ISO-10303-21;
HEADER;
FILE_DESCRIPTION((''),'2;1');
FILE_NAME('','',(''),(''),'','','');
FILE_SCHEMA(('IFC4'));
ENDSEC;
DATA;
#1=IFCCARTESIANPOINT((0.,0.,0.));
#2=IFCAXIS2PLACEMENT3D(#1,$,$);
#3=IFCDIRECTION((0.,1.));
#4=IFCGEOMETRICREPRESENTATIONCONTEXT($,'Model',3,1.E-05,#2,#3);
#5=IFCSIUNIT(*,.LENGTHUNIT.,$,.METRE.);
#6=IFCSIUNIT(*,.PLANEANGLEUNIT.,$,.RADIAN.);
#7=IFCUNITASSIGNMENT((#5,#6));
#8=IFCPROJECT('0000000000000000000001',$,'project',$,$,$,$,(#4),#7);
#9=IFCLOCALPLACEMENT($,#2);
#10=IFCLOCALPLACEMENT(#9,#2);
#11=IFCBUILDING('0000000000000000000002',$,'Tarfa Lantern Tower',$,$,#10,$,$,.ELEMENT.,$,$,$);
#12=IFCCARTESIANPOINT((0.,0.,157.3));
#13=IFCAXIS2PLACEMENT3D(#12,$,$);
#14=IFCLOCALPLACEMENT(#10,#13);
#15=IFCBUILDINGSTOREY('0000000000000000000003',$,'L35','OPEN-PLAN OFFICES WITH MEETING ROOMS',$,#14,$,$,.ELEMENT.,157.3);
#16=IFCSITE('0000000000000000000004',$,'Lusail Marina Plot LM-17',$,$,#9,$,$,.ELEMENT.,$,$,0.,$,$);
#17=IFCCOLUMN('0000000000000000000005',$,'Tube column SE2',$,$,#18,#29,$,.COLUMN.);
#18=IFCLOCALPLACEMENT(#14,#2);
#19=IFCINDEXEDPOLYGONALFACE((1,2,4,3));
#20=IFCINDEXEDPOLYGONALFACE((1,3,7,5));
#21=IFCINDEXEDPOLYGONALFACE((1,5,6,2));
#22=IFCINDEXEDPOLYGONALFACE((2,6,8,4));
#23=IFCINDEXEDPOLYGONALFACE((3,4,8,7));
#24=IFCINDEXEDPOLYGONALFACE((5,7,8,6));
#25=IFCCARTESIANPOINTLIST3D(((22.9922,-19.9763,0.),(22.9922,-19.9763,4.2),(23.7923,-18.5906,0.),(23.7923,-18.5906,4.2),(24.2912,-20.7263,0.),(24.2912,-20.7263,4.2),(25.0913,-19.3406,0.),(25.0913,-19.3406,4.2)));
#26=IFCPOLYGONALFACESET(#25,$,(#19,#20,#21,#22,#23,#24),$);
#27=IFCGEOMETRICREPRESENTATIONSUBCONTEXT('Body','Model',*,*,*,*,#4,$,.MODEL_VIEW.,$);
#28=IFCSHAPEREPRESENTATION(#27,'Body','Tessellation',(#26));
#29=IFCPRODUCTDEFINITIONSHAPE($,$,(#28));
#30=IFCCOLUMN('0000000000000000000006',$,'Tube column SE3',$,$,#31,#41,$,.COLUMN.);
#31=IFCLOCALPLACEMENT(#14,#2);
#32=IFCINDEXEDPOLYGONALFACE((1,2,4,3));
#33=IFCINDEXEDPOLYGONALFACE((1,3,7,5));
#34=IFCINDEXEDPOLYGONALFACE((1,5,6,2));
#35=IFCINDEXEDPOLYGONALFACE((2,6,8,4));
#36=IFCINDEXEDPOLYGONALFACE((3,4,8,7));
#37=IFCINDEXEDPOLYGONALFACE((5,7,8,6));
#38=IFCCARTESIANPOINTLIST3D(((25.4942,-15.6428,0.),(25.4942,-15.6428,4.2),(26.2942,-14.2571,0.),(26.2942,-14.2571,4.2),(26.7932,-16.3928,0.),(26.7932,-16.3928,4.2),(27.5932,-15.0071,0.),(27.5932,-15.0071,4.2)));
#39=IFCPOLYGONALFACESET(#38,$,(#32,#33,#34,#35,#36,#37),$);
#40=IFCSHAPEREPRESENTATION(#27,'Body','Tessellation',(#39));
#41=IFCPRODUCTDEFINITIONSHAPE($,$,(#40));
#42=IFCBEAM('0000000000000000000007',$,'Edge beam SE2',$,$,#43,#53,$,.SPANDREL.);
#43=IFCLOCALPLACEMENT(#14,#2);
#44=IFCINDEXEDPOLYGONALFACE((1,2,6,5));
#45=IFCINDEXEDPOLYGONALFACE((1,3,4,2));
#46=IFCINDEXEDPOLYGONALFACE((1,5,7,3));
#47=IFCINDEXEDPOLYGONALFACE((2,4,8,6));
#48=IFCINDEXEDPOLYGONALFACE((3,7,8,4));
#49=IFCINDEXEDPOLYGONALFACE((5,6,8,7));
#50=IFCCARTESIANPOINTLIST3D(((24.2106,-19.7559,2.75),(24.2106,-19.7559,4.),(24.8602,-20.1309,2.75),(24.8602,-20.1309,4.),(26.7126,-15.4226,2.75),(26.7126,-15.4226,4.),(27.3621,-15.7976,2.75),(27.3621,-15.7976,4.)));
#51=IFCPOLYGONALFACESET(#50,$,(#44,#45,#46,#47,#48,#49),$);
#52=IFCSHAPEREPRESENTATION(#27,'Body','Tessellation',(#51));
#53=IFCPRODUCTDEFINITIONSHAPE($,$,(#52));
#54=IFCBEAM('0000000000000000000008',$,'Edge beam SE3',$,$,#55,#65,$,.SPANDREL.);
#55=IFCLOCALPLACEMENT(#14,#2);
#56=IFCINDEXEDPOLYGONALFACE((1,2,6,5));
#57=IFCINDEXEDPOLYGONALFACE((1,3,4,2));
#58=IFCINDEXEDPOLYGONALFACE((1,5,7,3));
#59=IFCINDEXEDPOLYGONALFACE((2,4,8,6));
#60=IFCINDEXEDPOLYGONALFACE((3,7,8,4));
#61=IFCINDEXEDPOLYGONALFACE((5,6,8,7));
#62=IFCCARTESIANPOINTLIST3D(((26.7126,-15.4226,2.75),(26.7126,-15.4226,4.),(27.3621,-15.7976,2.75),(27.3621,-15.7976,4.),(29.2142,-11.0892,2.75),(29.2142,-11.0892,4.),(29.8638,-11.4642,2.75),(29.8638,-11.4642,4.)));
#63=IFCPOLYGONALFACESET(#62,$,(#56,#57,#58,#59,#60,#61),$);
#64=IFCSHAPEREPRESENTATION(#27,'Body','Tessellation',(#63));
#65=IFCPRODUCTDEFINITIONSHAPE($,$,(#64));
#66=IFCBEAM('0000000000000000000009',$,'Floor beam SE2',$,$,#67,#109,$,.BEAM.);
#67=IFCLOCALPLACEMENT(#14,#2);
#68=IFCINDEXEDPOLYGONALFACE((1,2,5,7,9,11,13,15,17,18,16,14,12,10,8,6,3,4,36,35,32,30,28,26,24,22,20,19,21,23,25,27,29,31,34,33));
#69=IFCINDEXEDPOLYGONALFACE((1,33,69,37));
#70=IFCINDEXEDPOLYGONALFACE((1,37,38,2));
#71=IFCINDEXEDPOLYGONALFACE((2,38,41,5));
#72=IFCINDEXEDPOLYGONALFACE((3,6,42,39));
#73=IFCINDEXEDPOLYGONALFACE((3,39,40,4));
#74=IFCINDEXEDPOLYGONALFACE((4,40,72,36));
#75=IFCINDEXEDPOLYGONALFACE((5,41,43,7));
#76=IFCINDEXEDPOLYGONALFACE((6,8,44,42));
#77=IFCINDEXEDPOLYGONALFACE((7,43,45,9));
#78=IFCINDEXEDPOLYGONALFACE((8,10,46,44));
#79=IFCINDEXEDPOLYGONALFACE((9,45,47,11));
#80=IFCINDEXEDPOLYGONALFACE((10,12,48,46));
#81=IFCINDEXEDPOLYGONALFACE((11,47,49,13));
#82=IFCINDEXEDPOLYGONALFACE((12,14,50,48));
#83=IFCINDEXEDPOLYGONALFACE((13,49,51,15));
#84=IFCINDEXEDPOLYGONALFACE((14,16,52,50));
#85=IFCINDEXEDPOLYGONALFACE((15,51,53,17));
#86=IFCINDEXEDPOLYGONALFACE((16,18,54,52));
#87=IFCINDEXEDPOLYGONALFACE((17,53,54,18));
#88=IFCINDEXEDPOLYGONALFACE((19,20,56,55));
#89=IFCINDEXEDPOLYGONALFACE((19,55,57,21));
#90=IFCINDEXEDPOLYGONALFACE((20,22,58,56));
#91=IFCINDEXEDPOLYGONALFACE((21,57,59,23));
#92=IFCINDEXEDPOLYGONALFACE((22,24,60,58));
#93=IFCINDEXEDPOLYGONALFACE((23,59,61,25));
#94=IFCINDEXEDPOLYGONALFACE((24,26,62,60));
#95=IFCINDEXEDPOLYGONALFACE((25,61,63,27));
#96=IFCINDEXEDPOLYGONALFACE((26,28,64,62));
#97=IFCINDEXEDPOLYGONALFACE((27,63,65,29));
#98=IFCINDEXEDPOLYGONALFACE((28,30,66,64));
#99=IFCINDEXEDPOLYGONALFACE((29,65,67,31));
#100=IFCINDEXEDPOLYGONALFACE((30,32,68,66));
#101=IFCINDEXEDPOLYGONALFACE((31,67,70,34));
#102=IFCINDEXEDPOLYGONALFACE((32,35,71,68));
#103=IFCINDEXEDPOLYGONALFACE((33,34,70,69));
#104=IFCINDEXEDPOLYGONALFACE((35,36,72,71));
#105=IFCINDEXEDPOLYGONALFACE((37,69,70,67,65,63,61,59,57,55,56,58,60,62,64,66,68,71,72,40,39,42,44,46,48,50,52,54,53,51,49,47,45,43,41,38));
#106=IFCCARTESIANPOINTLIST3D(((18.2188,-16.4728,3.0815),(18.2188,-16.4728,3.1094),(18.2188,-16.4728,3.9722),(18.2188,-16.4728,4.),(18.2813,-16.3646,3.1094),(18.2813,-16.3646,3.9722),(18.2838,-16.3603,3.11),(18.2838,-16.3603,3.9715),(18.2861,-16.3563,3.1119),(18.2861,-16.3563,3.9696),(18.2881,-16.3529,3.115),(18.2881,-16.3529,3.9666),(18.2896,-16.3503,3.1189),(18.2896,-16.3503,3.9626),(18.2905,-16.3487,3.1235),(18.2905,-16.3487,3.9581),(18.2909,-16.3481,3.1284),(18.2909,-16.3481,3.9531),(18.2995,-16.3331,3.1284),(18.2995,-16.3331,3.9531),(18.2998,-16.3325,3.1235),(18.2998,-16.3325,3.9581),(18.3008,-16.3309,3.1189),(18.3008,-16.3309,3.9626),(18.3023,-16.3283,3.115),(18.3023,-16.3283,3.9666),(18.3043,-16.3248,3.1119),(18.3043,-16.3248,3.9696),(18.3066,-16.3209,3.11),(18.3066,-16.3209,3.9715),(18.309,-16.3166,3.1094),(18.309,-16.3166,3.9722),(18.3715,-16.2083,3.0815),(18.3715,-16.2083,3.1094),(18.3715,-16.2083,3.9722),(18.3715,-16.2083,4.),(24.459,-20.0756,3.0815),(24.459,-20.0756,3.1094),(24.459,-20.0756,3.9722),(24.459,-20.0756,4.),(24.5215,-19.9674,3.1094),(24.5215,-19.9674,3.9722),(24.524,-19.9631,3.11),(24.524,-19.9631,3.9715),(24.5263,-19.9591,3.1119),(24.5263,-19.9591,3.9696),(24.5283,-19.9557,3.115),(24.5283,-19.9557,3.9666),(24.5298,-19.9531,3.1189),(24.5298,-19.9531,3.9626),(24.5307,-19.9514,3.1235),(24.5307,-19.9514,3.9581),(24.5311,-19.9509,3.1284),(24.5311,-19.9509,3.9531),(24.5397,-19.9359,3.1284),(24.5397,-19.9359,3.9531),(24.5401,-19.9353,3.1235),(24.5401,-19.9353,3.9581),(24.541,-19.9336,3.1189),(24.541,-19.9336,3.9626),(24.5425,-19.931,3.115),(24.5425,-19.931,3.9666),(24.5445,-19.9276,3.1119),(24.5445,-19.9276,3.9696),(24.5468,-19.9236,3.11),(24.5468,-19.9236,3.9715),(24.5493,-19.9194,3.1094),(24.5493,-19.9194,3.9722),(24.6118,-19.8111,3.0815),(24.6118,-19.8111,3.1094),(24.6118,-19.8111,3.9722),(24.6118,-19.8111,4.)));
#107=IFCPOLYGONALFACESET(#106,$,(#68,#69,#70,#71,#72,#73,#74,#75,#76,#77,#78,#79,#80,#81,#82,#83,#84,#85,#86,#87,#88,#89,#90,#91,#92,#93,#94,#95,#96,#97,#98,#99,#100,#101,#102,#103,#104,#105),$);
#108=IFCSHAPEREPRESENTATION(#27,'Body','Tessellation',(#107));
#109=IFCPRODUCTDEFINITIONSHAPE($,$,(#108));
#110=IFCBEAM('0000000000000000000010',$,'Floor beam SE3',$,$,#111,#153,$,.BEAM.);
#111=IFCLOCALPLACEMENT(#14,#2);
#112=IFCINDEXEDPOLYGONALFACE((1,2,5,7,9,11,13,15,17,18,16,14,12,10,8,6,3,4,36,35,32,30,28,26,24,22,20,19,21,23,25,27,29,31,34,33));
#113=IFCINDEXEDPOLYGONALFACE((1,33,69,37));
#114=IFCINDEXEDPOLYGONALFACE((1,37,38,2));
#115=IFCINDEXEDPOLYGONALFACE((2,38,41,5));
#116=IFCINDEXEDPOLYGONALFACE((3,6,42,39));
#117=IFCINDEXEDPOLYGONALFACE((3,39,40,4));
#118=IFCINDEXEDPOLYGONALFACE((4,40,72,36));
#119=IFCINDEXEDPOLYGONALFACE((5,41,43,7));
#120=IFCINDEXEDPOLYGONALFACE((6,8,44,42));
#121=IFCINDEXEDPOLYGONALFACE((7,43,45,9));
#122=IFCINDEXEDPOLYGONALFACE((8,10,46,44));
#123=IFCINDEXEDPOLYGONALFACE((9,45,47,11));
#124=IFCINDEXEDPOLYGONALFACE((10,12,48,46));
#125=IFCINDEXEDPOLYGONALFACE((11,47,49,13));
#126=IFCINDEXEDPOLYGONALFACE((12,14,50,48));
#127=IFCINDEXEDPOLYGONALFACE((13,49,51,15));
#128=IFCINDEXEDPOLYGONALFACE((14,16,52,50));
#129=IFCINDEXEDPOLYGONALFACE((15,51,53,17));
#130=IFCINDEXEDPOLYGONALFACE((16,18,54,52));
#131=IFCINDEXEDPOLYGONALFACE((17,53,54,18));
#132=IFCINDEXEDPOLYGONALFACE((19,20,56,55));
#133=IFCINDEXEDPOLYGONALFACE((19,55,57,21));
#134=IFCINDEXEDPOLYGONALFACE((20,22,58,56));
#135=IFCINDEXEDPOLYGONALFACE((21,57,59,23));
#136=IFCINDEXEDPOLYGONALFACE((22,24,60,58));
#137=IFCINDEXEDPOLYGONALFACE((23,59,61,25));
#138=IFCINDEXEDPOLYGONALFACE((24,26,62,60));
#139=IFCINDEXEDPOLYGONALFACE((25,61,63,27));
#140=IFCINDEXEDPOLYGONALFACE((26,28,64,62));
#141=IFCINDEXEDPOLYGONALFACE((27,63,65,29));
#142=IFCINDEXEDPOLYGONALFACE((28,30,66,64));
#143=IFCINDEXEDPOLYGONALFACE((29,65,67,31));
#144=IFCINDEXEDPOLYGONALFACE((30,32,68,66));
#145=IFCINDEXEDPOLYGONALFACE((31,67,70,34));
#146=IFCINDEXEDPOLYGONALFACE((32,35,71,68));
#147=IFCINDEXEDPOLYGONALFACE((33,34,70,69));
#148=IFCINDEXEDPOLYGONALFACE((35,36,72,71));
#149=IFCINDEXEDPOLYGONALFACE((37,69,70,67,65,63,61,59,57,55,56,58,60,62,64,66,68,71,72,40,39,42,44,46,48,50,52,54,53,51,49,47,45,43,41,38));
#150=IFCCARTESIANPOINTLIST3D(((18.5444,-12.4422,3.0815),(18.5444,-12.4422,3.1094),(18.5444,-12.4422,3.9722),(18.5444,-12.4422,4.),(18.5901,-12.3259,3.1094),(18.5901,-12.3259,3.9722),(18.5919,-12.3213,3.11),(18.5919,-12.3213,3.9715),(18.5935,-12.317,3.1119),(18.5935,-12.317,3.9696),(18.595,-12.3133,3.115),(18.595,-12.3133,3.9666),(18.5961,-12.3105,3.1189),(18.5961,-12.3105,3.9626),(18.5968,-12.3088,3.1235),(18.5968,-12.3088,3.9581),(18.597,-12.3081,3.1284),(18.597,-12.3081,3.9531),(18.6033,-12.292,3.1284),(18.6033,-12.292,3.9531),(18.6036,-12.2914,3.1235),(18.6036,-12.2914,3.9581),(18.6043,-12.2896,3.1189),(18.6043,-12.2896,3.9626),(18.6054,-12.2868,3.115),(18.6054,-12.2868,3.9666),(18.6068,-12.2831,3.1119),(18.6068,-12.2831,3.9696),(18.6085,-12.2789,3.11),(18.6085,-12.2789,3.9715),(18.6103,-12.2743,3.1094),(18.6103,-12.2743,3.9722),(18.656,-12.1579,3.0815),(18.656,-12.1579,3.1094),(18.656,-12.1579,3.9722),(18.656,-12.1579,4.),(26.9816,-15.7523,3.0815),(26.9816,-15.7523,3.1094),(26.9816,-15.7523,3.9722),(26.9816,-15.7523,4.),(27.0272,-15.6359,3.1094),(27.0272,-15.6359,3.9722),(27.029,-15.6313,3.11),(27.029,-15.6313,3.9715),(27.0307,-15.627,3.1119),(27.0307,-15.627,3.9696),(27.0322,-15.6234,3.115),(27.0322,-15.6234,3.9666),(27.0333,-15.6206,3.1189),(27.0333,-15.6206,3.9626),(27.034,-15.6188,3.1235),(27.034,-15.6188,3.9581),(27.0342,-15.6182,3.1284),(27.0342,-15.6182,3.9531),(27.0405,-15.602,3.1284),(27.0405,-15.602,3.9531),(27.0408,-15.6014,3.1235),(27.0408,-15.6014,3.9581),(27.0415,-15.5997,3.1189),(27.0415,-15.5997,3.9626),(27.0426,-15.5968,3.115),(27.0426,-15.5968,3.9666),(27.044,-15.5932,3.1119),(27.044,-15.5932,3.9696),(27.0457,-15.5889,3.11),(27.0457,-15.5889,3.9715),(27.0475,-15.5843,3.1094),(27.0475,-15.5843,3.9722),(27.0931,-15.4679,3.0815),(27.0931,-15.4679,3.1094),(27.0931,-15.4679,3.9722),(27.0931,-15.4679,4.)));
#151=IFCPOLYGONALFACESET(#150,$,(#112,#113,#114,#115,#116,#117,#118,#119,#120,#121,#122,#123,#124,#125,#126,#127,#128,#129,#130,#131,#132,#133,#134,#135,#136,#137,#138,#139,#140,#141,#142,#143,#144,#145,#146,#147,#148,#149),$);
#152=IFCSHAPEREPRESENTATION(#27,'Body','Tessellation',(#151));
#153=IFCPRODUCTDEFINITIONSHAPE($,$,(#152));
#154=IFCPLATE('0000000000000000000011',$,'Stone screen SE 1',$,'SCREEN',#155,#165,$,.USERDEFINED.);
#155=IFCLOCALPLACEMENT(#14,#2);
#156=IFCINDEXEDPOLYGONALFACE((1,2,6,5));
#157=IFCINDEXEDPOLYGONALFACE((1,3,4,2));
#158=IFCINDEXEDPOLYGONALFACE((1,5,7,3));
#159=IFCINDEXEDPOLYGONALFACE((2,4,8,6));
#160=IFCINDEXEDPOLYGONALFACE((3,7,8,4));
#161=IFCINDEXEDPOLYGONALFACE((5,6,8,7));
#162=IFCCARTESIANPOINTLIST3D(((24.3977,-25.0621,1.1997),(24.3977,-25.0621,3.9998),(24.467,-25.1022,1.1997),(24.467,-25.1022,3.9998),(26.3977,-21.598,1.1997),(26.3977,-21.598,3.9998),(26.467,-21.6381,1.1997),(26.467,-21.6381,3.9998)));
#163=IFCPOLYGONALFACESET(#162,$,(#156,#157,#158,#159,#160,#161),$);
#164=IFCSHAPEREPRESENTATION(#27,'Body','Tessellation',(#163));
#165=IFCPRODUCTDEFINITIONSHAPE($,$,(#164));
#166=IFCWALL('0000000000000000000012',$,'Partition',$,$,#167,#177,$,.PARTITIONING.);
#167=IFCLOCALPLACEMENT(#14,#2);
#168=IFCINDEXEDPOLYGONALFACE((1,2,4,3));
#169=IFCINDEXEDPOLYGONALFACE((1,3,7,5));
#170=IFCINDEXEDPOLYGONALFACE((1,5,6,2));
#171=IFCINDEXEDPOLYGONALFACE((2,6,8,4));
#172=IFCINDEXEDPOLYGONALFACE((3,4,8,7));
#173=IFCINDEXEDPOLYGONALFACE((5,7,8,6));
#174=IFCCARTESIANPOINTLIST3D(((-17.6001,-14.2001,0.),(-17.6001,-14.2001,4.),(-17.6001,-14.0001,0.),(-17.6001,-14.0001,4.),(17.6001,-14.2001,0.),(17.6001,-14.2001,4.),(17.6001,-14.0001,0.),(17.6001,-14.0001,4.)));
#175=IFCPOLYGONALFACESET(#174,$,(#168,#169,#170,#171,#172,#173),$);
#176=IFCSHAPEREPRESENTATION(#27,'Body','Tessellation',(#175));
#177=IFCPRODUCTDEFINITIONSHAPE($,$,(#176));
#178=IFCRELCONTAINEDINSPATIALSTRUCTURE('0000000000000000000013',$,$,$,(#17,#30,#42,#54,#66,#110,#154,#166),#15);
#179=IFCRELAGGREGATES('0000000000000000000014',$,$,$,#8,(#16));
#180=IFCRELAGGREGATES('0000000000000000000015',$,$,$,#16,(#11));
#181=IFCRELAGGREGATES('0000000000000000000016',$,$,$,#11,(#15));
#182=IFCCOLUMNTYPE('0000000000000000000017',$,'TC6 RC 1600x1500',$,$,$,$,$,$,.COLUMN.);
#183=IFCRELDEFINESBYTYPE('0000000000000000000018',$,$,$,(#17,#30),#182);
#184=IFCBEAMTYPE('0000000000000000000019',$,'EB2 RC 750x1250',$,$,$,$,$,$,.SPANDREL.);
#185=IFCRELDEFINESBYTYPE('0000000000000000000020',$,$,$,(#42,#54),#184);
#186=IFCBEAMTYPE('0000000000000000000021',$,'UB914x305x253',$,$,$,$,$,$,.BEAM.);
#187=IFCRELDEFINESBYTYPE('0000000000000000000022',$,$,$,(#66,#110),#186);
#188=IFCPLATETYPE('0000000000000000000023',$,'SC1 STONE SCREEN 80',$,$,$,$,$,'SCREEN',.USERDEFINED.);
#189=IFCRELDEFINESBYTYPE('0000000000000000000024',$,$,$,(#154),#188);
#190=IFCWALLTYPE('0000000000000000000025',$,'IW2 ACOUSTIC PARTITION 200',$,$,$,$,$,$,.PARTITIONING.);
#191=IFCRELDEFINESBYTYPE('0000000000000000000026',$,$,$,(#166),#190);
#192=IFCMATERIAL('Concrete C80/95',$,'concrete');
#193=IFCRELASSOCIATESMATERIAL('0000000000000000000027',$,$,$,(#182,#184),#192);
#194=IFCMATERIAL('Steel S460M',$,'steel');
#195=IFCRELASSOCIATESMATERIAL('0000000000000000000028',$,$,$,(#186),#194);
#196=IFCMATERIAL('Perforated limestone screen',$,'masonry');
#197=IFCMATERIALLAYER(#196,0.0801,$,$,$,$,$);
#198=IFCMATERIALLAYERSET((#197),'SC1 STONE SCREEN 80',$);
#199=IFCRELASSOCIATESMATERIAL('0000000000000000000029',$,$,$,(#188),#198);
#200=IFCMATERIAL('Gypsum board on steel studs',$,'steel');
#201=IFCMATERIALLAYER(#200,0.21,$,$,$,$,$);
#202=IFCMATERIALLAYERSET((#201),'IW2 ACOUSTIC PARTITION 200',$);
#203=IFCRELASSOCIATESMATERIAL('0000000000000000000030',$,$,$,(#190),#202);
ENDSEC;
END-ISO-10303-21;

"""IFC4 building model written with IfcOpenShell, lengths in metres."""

from ifc_helpers import new_model, si_unit, direction, frame, frame_2d, origin, origin_2d, place, context, subcontext, project, spatial, rectangle, i_section, extrude, material, layer, layer_set, material_profile, profile_set, type_object, element, save


model = new_model("IFC4")

# Units and contexts
model_context = context("Model", 3, precision=1e-05, world=origin(), true_north=direction((0.0, 1.0)))
body_context = subcontext(model_context, "Body", "Model", "MODEL_VIEW")
ifc_project = project(units=[si_unit("LENGTHUNIT", "METRE"), si_unit("PLANEANGLEUNIT", "RADIAN")], contexts=[model_context])

# Site, building, storey
site_placement = place(None, origin())
site = spatial("IfcSite", under=ifc_project, at=site_placement, Name="Lusail Marina Plot LM-17", CompositionType="ELEMENT", RefElevation=0.0)
building_placement = place(site_placement, origin())
building = spatial("IfcBuilding", under=site, at=building_placement, Name="Tarfa Lantern Tower", CompositionType="ELEMENT")
storey_placement = place(building_placement, frame((0.0, 0.0, 157.3)))
storey = spatial("IfcBuildingStorey", under=building, at=storey_placement, Name="L35", Description="OPEN-PLAN OFFICES WITH MEETING ROOMS", CompositionType="ELEMENT", Elevation=157.3)

# Columns
ifc_material_1 = material(Name="Concrete C80/95", Category="concrete")
ifc_material_profile_1 = material_profile(ifc_material_1, rectangle(XDim=1.6001, YDim=1.5, at=origin_2d()), Name="RC 1600x1500")
ifc_profile_set_1 = profile_set([ifc_material_profile_1], Name="Concrete C80/95")
column_type = type_object("IfcColumnType", Name="TC6 RC 1600x1500", PredefinedType="COLUMN", material=ifc_profile_set_1)
for number, where, z_axis, x_axis, name in (
    (1, (24.0417, -19.6584, 0.0), (0.0, 0.0, 1.0), (0.5, 0.866025, 0.0), "Tube column SE2"),
    (2, (26.5437, -15.325, 0.0), (0.0, 0.0, 1.0), (0.5, 0.866025, 0.0), "Tube column SE3"),
):
    element("IfcColumn", number, at=place(storey_placement, frame(where, z_axis=z_axis, x_axis=x_axis)), inside=storey, type_object=column_type, Name=name, PredefinedType="COLUMN", context=body_context, shape_type="SweptSolid", body=[
        extrude(rectangle(XDim=1.6001, YDim=1.5, at=origin_2d()), origin(), (0.0, 0.0, 1.0), 4.2),
    ])

# Beams
ifc_material_profile_2 = material_profile(ifc_material_1, rectangle(XDim=0.75, YDim=1.25, at=origin_2d()), Name="RC 750x1250")
ifc_profile_set_2 = profile_set([ifc_material_profile_2], Name="Concrete C80/95")
beam_type_1 = type_object("IfcBeamType", Name="EB2 RC 750x1250", PredefinedType="SPANDREL", material=ifc_profile_set_2)
for number, where, z_axis, x_axis, name in (
    (3, (24.5354, -19.9434, 3.375), (0.500022, 0.866013, 0.0), (-0.866013, 0.500022, 0.0), "Edge beam SE2"),
    (4, (27.0374, -15.6101, 3.375), (0.499965, 0.866046, 0.0), (-0.866046, 0.499965, 0.0), "Edge beam SE3"),
):
    element("IfcBeam", number, at=place(storey_placement, frame(where, z_axis=z_axis, x_axis=x_axis)), inside=storey, type_object=beam_type_1, Name=name, PredefinedType="SPANDREL", context=body_context, shape_type="SweptSolid", body=[
        extrude(rectangle(XDim=0.75, YDim=1.25, at=origin_2d()), origin(), (0.0, 0.0, 1.0), 5.0037),
    ])
ifc_material_2 = material(Name="Steel S460M", Category="steel")
ifc_material_profile_3 = material_profile(ifc_material_2, i_section(OverallWidth=0.3054, OverallDepth=0.9185, WebThickness=0.0173, FlangeThickness=0.0278, FilletRadius=0.019, at=origin_2d()), Name="UB914x305x253")
ifc_profile_set_3 = profile_set([ifc_material_profile_3], Name="Steel S460M")
beam_type_2 = type_object("IfcBeamType", Name="UB914x305x253", PredefinedType="BEAM", material=ifc_profile_set_3)
beam_1_placement = place(storey_placement, frame((24.5354, -19.9434, 3.5408), z_axis=(-0.866026, 0.499998, 0.0), x_axis=(-0.499998, -0.866026, 0.0)))
element("IfcBeam", 5, at=beam_1_placement, inside=storey, type_object=beam_type_2, Name="Floor beam SE2", PredefinedType="BEAM", context=body_context, shape_type="SweptSolid", body=[
    extrude(i_section(OverallWidth=0.3054, OverallDepth=0.9185, WebThickness=0.0173, FlangeThickness=0.0278, FilletRadius=0.019, at=origin_2d()), origin(), (0.0, 0.0, 1.0), 7.2056),
])
beam_2_placement = place(storey_placement, frame((27.0374, -15.6101, 3.5408), z_axis=(-0.930923, 0.365215, 0.0), x_axis=(-0.365215, -0.930923, 0.0)))
element("IfcBeam", 6, at=beam_2_placement, inside=storey, type_object=beam_type_2, Name="Floor beam SE3", PredefinedType="BEAM", context=body_context, shape_type="SweptSolid", body=[
    extrude(i_section(OverallWidth=0.3054, OverallDepth=0.9185, WebThickness=0.0173, FlangeThickness=0.0278, FilletRadius=0.019, at=origin_2d()), origin(), (0.0, 0.0, 1.0), 9.0632),
])

# Plate
ifc_material_3 = material(Name="Perforated limestone screen", Category="masonry")
ifc_layer_1 = layer(ifc_material_3, 0.0801)
ifc_layer_set_1 = layer_set([ifc_layer_1], Name="SC1 STONE SCREEN 80")
plate_type = type_object("IfcPlateType", Name="SC1 STONE SCREEN 80", ElementType="SCREEN", PredefinedType="USERDEFINED", material=ifc_layer_set_1)
plate_placement = place(storey_placement, frame((25.4324, -23.3501, 1.1997), z_axis=(0.0, 0.0, 1.0), x_axis=(0.5, 0.866025, 0.0)))
element("IfcPlate", 7, at=plate_placement, inside=storey, type_object=plate_type, Name="Stone screen SE 1", ObjectType="SCREEN", PredefinedType="USERDEFINED", context=body_context, shape_type="SweptSolid", body=[
    extrude(rectangle(XDim=4.0, YDim=0.0801, at=origin_2d()), origin(), (0.0, 0.0, 1.0), 2.8),
])

# Wall
ifc_material_4 = material(Name="Gypsum board on steel studs", Category="steel")
ifc_layer_2 = layer(ifc_material_4, 0.21)
ifc_layer_set_2 = layer_set([ifc_layer_2], Name="IW2 ACOUSTIC PARTITION 200")
wall_type = type_object("IfcWallType", Name="IW2 ACOUSTIC PARTITION 200", PredefinedType="PARTITIONING", material=ifc_layer_set_2)
wall_1_placement = place(storey_placement, frame((17.6001, -14.1001, 0.0), z_axis=(0.0, 0.0, 1.0), x_axis=(-1.0, 0.0, 0.0)))
element("IfcWall", 8, at=wall_1_placement, inside=storey, type_object=wall_type, Name="Partition", PredefinedType="PARTITIONING", context=body_context, shape_type="SweptSolid", body=[
    extrude(rectangle(XDim=35.2002, YDim=0.2, at=frame_2d((17.6001, 0.0))), origin(), (0.0, 0.0, 1.0), 4.0),
])

save(model, "model.ifc")
